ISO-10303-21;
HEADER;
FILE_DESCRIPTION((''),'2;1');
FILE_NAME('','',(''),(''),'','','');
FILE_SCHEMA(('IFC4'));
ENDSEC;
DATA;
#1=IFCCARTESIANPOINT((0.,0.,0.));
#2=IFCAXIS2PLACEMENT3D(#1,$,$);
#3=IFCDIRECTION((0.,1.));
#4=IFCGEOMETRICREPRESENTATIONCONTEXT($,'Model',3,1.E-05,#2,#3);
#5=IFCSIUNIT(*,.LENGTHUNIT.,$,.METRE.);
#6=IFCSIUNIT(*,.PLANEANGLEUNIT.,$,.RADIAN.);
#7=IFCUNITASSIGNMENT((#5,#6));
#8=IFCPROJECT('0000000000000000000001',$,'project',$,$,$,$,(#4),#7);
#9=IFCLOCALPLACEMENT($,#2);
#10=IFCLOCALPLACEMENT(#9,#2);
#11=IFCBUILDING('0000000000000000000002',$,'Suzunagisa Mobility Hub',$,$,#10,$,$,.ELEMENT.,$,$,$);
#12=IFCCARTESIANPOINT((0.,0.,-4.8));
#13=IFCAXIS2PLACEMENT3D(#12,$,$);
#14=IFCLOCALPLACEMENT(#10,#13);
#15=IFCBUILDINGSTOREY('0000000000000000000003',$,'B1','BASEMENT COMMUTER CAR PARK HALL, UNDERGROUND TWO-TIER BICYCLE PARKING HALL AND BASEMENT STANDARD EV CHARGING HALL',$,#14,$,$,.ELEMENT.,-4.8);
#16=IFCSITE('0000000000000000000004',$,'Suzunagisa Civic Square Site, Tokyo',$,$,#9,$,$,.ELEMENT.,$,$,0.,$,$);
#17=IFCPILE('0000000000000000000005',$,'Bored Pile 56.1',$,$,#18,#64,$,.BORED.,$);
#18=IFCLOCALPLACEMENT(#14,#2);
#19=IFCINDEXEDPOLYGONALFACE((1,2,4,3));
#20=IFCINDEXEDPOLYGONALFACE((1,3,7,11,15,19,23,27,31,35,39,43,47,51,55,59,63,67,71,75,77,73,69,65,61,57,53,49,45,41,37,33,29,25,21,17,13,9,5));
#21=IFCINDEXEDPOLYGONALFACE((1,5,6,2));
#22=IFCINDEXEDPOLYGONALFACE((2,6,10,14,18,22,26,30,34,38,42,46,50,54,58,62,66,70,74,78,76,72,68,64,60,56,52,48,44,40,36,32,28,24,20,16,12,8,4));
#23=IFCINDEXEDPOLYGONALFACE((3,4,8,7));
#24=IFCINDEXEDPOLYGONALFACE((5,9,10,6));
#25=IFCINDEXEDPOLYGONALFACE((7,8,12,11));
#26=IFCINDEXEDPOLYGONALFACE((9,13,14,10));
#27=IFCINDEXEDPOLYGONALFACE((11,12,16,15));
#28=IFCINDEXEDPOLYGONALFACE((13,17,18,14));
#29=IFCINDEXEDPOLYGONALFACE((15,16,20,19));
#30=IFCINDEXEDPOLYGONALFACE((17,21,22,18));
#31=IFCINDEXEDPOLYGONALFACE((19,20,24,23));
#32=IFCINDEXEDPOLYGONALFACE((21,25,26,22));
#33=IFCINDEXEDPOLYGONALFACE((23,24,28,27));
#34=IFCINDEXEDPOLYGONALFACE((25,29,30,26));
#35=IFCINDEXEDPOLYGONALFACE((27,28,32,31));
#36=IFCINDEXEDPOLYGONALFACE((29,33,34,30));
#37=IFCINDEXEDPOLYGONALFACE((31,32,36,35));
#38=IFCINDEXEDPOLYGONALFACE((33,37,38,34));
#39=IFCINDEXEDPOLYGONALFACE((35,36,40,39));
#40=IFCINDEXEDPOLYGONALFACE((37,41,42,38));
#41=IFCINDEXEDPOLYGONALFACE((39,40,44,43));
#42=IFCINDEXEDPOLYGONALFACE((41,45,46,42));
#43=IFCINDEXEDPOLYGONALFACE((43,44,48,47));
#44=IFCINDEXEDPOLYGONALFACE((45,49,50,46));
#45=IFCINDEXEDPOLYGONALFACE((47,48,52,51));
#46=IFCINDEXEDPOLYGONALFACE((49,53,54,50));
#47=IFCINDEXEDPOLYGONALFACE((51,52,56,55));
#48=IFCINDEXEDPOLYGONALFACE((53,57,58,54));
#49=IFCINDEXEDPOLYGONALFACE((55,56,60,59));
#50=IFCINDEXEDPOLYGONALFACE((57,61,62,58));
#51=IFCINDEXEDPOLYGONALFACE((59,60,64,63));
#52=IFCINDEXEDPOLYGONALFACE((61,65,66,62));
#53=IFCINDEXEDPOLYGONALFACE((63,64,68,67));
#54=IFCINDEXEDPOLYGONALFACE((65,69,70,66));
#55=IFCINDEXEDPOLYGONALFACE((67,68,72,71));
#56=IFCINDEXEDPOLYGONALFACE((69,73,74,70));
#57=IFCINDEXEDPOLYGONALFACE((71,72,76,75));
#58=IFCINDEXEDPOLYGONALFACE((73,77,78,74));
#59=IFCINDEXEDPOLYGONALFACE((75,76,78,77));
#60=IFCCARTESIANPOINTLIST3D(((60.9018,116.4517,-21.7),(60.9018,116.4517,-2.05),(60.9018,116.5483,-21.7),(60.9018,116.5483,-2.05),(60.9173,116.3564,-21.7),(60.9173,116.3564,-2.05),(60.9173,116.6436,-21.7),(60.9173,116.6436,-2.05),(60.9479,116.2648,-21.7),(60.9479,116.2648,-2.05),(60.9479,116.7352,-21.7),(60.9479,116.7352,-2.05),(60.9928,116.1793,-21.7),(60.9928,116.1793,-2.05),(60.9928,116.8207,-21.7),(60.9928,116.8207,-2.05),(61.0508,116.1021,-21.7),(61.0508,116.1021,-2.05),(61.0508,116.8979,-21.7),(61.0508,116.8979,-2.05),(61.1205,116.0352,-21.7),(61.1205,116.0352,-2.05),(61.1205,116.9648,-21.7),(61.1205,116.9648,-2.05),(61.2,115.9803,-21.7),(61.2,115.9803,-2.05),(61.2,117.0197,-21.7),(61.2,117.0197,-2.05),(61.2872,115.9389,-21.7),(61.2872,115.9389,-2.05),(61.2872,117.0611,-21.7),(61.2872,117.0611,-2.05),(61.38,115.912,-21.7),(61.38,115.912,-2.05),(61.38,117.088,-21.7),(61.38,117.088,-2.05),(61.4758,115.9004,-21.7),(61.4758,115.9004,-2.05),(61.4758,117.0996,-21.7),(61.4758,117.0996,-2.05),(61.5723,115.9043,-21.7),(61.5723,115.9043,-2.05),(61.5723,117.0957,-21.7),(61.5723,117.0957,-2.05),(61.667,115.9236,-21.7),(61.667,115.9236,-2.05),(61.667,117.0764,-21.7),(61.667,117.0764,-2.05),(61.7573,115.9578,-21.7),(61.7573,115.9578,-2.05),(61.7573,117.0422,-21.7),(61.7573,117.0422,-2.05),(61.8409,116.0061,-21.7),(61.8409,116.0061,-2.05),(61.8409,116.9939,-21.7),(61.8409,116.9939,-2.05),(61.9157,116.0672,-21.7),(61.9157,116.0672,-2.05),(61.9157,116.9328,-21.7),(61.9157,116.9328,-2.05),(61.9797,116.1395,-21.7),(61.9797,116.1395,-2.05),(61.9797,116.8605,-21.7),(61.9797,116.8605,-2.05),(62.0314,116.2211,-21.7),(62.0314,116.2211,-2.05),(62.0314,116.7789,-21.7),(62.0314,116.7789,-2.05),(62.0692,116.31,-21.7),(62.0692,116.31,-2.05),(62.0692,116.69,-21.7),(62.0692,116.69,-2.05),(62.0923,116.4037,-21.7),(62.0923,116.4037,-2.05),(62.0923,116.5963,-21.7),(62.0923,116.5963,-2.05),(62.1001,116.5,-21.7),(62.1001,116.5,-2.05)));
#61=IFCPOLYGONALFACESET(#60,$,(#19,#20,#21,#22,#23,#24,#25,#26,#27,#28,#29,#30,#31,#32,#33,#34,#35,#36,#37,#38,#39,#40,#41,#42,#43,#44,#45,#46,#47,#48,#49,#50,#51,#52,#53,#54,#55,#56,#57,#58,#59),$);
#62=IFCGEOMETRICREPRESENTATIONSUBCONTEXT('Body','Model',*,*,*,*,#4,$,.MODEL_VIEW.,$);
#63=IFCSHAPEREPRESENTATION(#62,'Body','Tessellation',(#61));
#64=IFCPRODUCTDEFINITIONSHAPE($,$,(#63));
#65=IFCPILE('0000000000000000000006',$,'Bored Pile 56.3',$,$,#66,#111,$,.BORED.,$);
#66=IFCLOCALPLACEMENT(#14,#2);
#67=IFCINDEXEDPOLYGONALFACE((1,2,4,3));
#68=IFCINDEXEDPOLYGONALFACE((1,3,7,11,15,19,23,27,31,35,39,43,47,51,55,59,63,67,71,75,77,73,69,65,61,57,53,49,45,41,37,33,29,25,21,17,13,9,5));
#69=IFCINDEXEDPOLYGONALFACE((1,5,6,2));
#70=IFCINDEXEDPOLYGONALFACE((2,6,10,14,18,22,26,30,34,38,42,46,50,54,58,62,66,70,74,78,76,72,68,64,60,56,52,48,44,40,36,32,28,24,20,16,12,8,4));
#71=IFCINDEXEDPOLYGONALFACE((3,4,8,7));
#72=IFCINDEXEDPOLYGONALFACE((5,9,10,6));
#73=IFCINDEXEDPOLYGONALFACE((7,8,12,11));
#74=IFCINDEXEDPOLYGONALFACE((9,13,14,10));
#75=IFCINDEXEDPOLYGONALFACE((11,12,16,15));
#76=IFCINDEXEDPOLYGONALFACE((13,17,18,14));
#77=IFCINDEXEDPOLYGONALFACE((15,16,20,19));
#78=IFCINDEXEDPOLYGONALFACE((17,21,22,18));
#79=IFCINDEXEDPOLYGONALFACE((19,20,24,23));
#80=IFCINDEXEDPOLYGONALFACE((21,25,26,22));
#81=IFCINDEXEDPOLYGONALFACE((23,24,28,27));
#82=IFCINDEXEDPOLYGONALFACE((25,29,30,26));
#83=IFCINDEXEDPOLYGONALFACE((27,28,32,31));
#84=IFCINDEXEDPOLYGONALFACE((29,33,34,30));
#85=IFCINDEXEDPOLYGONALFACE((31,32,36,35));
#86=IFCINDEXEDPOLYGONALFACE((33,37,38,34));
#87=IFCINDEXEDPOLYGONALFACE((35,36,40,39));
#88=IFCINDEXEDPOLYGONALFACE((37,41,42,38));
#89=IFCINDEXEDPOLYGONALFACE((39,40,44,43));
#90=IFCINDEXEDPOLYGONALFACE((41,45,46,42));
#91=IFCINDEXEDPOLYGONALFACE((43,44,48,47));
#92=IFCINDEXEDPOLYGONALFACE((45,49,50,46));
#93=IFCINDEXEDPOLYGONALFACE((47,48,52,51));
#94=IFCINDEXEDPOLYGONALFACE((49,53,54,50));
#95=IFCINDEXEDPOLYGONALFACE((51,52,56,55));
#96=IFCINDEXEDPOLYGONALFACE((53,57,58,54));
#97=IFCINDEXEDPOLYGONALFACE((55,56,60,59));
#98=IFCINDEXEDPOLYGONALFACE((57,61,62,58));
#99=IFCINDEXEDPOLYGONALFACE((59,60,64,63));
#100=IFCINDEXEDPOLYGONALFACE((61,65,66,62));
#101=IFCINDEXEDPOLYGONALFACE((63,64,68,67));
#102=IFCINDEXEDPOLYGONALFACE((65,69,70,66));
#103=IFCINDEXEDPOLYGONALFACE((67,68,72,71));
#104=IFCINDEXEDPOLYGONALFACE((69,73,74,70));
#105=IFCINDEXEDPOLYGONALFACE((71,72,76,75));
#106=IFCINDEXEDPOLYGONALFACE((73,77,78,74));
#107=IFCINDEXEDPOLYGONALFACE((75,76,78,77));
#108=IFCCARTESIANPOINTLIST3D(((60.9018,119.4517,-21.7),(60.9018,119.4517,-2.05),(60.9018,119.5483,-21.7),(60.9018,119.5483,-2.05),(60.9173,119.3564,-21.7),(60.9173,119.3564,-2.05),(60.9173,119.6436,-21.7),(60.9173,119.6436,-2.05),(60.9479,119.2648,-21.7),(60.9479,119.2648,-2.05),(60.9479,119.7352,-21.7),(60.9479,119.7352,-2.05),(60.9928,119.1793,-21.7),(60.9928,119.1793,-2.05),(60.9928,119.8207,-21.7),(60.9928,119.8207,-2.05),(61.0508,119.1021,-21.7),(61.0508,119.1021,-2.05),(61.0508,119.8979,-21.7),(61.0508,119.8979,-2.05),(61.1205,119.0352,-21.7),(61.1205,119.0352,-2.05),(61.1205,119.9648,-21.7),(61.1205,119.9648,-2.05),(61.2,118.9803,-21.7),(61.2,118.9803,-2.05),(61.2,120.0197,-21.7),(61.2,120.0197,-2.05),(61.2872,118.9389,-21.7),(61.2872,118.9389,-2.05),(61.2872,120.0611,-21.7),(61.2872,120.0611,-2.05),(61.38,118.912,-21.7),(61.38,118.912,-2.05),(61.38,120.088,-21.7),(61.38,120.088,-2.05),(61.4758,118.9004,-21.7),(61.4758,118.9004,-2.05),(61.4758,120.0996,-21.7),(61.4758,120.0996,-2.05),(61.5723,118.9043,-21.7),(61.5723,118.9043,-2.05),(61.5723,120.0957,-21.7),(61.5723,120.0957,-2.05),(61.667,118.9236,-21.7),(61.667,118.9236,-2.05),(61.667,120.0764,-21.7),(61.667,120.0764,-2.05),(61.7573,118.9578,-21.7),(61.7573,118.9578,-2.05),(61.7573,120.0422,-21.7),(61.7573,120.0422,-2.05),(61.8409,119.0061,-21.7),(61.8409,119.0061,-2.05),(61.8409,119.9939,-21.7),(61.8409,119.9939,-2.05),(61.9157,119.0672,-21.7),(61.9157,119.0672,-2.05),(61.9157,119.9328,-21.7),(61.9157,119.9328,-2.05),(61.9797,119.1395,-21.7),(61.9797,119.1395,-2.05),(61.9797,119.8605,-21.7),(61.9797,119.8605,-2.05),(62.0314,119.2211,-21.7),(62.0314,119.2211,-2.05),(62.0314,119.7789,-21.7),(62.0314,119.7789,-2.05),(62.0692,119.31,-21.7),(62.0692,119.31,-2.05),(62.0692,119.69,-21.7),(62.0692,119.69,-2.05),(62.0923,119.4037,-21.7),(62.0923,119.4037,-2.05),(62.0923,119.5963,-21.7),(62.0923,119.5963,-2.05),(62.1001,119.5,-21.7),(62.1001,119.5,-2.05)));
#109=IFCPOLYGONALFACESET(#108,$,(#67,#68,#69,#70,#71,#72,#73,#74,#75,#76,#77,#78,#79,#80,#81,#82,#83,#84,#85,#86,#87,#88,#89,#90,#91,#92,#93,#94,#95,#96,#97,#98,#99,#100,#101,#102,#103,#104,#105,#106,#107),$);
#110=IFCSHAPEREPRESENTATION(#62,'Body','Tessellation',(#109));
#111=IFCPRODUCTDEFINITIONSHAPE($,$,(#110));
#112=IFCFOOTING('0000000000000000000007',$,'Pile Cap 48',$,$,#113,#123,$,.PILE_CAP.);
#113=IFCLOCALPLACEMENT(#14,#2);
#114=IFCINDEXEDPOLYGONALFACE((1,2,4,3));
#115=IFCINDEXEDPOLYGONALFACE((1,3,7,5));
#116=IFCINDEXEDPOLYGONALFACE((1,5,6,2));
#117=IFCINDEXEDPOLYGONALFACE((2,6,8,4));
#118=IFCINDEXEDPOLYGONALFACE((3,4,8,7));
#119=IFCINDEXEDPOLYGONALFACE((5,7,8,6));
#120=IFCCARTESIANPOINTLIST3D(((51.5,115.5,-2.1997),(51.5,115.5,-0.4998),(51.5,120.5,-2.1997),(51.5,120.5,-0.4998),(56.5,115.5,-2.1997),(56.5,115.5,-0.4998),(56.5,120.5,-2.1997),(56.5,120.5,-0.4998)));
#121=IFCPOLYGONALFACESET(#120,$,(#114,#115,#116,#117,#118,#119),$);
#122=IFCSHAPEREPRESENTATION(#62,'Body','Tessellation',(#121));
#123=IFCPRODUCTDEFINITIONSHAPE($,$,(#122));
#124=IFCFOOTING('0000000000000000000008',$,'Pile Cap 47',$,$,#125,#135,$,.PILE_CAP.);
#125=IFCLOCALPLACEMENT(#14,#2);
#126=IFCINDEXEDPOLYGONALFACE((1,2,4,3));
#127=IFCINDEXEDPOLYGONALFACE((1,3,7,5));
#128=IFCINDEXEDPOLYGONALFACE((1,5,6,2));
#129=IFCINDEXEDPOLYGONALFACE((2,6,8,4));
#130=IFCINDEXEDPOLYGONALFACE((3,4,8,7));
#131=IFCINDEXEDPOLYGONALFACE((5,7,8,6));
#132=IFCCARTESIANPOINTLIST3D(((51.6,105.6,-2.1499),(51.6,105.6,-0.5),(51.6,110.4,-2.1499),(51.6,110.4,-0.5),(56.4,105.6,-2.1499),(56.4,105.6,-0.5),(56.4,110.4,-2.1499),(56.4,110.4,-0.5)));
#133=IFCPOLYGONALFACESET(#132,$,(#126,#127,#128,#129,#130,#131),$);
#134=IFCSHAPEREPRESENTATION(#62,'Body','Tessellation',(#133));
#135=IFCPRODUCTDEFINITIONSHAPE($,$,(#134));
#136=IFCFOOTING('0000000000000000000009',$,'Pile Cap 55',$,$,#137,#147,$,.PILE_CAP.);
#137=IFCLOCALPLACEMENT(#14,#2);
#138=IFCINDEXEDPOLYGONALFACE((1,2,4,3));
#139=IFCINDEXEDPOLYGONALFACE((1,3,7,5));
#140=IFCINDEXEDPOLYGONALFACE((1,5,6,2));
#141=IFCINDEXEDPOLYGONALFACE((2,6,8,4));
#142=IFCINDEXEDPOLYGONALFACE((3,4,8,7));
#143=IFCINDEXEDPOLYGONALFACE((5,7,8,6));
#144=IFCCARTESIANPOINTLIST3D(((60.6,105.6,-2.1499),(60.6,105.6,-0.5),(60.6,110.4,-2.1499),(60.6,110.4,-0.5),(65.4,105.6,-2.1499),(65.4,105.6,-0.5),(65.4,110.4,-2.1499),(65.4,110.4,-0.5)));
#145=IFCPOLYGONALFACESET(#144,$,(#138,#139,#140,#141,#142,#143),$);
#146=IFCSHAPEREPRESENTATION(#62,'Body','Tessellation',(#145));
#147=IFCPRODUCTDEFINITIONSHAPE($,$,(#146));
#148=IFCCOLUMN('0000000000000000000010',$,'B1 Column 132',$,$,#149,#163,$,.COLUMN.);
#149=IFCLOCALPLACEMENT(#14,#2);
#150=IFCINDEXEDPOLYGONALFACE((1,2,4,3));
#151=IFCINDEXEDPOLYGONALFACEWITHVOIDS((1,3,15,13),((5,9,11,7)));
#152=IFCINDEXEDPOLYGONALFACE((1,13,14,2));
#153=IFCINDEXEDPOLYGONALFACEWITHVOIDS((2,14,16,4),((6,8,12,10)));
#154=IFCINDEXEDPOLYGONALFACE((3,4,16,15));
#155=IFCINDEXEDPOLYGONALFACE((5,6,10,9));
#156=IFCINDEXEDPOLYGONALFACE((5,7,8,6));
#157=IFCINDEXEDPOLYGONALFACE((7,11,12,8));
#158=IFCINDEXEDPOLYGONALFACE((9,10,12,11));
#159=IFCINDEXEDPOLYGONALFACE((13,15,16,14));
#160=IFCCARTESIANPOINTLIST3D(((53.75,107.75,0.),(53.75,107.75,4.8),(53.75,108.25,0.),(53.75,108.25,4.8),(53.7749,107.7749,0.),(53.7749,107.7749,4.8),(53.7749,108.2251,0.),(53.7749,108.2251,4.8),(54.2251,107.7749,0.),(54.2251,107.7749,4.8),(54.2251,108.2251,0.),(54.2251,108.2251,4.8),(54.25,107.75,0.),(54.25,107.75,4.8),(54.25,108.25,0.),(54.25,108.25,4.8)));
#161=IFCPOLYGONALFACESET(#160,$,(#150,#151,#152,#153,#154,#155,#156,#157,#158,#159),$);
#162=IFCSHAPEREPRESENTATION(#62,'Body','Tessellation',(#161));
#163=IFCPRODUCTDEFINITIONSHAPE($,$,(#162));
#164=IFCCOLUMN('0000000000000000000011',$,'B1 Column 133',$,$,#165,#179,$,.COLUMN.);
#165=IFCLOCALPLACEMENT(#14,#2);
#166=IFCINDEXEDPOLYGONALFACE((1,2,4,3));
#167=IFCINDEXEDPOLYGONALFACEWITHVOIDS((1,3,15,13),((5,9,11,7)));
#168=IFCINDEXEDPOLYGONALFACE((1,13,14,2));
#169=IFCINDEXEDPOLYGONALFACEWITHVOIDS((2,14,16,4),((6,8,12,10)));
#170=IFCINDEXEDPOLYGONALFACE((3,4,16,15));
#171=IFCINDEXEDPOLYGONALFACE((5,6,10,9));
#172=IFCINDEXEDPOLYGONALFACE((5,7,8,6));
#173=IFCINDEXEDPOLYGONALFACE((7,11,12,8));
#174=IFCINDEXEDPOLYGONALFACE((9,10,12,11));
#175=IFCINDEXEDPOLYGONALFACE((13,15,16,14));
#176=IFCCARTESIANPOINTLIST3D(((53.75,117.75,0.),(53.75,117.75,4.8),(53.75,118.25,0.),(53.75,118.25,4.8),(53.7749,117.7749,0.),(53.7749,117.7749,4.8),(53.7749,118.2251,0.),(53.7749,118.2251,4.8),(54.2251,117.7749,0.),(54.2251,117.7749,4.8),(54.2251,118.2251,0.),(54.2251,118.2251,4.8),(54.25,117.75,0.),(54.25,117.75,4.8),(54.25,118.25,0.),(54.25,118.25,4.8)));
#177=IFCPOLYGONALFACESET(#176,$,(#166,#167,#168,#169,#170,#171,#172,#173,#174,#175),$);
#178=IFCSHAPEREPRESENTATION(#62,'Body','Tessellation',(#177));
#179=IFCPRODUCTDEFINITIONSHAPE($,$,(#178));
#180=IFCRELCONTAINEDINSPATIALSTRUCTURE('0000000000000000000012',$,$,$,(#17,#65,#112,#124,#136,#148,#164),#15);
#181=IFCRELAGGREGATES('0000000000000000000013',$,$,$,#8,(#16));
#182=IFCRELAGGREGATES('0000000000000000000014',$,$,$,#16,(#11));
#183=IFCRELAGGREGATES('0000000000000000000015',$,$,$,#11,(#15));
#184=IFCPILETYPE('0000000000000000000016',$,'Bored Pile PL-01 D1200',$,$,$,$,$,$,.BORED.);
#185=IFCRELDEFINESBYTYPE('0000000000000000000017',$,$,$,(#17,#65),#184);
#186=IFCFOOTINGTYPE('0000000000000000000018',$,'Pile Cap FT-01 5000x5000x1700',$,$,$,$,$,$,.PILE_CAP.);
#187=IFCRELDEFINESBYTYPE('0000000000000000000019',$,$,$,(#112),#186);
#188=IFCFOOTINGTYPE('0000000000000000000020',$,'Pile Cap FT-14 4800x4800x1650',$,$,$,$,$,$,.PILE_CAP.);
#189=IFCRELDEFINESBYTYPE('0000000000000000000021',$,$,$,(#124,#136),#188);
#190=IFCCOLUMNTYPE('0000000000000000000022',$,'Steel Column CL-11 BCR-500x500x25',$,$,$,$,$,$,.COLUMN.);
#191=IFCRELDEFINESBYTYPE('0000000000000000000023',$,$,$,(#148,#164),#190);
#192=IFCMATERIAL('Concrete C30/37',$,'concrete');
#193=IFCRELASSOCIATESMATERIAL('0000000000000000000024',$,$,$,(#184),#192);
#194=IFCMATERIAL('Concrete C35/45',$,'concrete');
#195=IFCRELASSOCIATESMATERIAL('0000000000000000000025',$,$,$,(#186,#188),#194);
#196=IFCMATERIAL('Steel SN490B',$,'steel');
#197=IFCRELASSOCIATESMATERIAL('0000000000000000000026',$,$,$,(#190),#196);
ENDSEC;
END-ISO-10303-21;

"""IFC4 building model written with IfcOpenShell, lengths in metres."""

from ifc_helpers import new_model, si_unit, direction, frame, origin, origin_2d, place, context, subcontext, project, spatial, rectangle, hollow_rectangle, circle, extrude, material, material_profile, profile_set, type_object, element, save


model = new_model("IFC4")

# Units and contexts
model_context = context("Model", 3, precision=1e-05, world=origin(), true_north=direction((0.0, 1.0)))
body_context = subcontext(model_context, "Body", "Model", "MODEL_VIEW")
ifc_project = project(units=[si_unit("LENGTHUNIT", "METRE"), si_unit("PLANEANGLEUNIT", "RADIAN")], contexts=[model_context])

# Site, building, storey
site_placement = place(None, origin())
site = spatial("IfcSite", under=ifc_project, at=site_placement, Name="Suzunagisa Civic Square Site, Tokyo", CompositionType="ELEMENT", RefElevation=0.0)
building_placement = place(site_placement, origin())
building = spatial("IfcBuilding", under=site, at=building_placement, Name="Suzunagisa Mobility Hub", CompositionType="ELEMENT")
storey_placement = place(building_placement, frame((0.0, 0.0, -4.8)))
storey = spatial("IfcBuildingStorey", under=building, at=storey_placement, Name="B1", Description="BASEMENT COMMUTER CAR PARK HALL, UNDERGROUND TWO-TIER BICYCLE PARKING HALL AND BASEMENT STANDARD EV CHARGING HALL", CompositionType="ELEMENT", Elevation=-4.8)

# Piles
ifc_material_1 = material(Name="Concrete C30/37", Category="concrete")
ifc_material_profile_1 = material_profile(ifc_material_1, circle(Radius=0.6001, at=origin_2d()), Name="BORED PILE D1200")
ifc_profile_set_1 = profile_set([ifc_material_profile_1], Name="Concrete C30/37")
pile_type = type_object("IfcPileType", Name="Bored Pile PL-01 D1200", PredefinedType="BORED", material=ifc_profile_set_1)
for number, where, z_axis, x_axis, name in (
    (1, (61.5, 116.5, -2.05), (0.0, 0.0, -1.0), (1.0, 0.0, 0.0), "Bored Pile 56.1"),
    (2, (61.5, 119.5, -2.05), (0.0, 0.0, -1.0), (1.0, 0.0, 0.0), "Bored Pile 56.3"),
):
    element("IfcPile", number, at=place(storey_placement, frame(where, z_axis=z_axis, x_axis=x_axis)), inside=storey, type_object=pile_type, Name=name, PredefinedType="BORED", context=body_context, shape_type="SweptSolid", body=[
        extrude(circle(Radius=0.6001, at=origin_2d()), origin(), (0.0, 0.0, 1.0), 19.6499),
    ])

# Footings
ifc_material_2 = material(Name="Concrete C35/45", Category="concrete")
footing_type_1 = type_object("IfcFootingType", Name="Pile Cap FT-01 5000x5000x1700", PredefinedType="PILE_CAP", material=ifc_material_2)
footing_placement = place(storey_placement, frame((54.0, 118.0, -2.1997), z_axis=(0.0, 0.0, 1.0), x_axis=(1.0, 0.0, 0.0)))
element("IfcFooting", 3, at=footing_placement, inside=storey, type_object=footing_type_1, Name="Pile Cap 48", PredefinedType="PILE_CAP", context=body_context, shape_type="SweptSolid", body=[
    extrude(rectangle(XDim=5.0, YDim=5.0, at=origin_2d()), origin(), (0.0, 0.0, 1.0), 1.7),
])
footing_type_2 = type_object("IfcFootingType", Name="Pile Cap FT-14 4800x4800x1650", PredefinedType="PILE_CAP", material=ifc_material_2)
for number, where, z_axis, x_axis, name in (
    (4, (54.0, 108.0, -2.1499), (0.0, 0.0, 1.0), (1.0, 0.0, 0.0), "Pile Cap 47"),
    (5, (63.0, 108.0, -2.1499), (0.0, 0.0, 1.0), (1.0, 0.0, 0.0), "Pile Cap 55"),
):
    element("IfcFooting", number, at=place(storey_placement, frame(where, z_axis=z_axis, x_axis=x_axis)), inside=storey, type_object=footing_type_2, Name=name, PredefinedType="PILE_CAP", context=body_context, shape_type="SweptSolid", body=[
        extrude(rectangle(XDim=4.8, YDim=4.8, at=origin_2d()), origin(), (0.0, 0.0, 1.0), 1.6499),
    ])

# Columns
ifc_material_3 = material(Name="Steel SN490B", Category="steel")
ifc_material_profile_2 = material_profile(ifc_material_3, hollow_rectangle(XDim=0.5, YDim=0.5, WallThickness=0.0249, at=origin_2d()), Name="BCR-500x500x25")
ifc_profile_set_2 = profile_set([ifc_material_profile_2], Name="Steel SN490B")
column_type = type_object("IfcColumnType", Name="Steel Column CL-11 BCR-500x500x25", PredefinedType="COLUMN", material=ifc_profile_set_2)
for number, where, z_axis, x_axis, name in (
    (6, (54.0, 108.0, 0.0), (0.0, 0.0, 1.0), (1.0, 0.0, 0.0), "B1 Column 132"),
    (7, (54.0, 118.0, 0.0), (0.0, 0.0, 1.0), (1.0, 0.0, 0.0), "B1 Column 133"),
):
    element("IfcColumn", number, at=place(storey_placement, frame(where, z_axis=z_axis, x_axis=x_axis)), inside=storey, type_object=column_type, Name=name, PredefinedType="COLUMN", context=body_context, shape_type="SweptSolid", body=[
        extrude(hollow_rectangle(XDim=0.5, YDim=0.5, WallThickness=0.0249, at=origin_2d()), origin(), (0.0, 0.0, 1.0), 4.8),
    ])

save(model, "model.ifc")
